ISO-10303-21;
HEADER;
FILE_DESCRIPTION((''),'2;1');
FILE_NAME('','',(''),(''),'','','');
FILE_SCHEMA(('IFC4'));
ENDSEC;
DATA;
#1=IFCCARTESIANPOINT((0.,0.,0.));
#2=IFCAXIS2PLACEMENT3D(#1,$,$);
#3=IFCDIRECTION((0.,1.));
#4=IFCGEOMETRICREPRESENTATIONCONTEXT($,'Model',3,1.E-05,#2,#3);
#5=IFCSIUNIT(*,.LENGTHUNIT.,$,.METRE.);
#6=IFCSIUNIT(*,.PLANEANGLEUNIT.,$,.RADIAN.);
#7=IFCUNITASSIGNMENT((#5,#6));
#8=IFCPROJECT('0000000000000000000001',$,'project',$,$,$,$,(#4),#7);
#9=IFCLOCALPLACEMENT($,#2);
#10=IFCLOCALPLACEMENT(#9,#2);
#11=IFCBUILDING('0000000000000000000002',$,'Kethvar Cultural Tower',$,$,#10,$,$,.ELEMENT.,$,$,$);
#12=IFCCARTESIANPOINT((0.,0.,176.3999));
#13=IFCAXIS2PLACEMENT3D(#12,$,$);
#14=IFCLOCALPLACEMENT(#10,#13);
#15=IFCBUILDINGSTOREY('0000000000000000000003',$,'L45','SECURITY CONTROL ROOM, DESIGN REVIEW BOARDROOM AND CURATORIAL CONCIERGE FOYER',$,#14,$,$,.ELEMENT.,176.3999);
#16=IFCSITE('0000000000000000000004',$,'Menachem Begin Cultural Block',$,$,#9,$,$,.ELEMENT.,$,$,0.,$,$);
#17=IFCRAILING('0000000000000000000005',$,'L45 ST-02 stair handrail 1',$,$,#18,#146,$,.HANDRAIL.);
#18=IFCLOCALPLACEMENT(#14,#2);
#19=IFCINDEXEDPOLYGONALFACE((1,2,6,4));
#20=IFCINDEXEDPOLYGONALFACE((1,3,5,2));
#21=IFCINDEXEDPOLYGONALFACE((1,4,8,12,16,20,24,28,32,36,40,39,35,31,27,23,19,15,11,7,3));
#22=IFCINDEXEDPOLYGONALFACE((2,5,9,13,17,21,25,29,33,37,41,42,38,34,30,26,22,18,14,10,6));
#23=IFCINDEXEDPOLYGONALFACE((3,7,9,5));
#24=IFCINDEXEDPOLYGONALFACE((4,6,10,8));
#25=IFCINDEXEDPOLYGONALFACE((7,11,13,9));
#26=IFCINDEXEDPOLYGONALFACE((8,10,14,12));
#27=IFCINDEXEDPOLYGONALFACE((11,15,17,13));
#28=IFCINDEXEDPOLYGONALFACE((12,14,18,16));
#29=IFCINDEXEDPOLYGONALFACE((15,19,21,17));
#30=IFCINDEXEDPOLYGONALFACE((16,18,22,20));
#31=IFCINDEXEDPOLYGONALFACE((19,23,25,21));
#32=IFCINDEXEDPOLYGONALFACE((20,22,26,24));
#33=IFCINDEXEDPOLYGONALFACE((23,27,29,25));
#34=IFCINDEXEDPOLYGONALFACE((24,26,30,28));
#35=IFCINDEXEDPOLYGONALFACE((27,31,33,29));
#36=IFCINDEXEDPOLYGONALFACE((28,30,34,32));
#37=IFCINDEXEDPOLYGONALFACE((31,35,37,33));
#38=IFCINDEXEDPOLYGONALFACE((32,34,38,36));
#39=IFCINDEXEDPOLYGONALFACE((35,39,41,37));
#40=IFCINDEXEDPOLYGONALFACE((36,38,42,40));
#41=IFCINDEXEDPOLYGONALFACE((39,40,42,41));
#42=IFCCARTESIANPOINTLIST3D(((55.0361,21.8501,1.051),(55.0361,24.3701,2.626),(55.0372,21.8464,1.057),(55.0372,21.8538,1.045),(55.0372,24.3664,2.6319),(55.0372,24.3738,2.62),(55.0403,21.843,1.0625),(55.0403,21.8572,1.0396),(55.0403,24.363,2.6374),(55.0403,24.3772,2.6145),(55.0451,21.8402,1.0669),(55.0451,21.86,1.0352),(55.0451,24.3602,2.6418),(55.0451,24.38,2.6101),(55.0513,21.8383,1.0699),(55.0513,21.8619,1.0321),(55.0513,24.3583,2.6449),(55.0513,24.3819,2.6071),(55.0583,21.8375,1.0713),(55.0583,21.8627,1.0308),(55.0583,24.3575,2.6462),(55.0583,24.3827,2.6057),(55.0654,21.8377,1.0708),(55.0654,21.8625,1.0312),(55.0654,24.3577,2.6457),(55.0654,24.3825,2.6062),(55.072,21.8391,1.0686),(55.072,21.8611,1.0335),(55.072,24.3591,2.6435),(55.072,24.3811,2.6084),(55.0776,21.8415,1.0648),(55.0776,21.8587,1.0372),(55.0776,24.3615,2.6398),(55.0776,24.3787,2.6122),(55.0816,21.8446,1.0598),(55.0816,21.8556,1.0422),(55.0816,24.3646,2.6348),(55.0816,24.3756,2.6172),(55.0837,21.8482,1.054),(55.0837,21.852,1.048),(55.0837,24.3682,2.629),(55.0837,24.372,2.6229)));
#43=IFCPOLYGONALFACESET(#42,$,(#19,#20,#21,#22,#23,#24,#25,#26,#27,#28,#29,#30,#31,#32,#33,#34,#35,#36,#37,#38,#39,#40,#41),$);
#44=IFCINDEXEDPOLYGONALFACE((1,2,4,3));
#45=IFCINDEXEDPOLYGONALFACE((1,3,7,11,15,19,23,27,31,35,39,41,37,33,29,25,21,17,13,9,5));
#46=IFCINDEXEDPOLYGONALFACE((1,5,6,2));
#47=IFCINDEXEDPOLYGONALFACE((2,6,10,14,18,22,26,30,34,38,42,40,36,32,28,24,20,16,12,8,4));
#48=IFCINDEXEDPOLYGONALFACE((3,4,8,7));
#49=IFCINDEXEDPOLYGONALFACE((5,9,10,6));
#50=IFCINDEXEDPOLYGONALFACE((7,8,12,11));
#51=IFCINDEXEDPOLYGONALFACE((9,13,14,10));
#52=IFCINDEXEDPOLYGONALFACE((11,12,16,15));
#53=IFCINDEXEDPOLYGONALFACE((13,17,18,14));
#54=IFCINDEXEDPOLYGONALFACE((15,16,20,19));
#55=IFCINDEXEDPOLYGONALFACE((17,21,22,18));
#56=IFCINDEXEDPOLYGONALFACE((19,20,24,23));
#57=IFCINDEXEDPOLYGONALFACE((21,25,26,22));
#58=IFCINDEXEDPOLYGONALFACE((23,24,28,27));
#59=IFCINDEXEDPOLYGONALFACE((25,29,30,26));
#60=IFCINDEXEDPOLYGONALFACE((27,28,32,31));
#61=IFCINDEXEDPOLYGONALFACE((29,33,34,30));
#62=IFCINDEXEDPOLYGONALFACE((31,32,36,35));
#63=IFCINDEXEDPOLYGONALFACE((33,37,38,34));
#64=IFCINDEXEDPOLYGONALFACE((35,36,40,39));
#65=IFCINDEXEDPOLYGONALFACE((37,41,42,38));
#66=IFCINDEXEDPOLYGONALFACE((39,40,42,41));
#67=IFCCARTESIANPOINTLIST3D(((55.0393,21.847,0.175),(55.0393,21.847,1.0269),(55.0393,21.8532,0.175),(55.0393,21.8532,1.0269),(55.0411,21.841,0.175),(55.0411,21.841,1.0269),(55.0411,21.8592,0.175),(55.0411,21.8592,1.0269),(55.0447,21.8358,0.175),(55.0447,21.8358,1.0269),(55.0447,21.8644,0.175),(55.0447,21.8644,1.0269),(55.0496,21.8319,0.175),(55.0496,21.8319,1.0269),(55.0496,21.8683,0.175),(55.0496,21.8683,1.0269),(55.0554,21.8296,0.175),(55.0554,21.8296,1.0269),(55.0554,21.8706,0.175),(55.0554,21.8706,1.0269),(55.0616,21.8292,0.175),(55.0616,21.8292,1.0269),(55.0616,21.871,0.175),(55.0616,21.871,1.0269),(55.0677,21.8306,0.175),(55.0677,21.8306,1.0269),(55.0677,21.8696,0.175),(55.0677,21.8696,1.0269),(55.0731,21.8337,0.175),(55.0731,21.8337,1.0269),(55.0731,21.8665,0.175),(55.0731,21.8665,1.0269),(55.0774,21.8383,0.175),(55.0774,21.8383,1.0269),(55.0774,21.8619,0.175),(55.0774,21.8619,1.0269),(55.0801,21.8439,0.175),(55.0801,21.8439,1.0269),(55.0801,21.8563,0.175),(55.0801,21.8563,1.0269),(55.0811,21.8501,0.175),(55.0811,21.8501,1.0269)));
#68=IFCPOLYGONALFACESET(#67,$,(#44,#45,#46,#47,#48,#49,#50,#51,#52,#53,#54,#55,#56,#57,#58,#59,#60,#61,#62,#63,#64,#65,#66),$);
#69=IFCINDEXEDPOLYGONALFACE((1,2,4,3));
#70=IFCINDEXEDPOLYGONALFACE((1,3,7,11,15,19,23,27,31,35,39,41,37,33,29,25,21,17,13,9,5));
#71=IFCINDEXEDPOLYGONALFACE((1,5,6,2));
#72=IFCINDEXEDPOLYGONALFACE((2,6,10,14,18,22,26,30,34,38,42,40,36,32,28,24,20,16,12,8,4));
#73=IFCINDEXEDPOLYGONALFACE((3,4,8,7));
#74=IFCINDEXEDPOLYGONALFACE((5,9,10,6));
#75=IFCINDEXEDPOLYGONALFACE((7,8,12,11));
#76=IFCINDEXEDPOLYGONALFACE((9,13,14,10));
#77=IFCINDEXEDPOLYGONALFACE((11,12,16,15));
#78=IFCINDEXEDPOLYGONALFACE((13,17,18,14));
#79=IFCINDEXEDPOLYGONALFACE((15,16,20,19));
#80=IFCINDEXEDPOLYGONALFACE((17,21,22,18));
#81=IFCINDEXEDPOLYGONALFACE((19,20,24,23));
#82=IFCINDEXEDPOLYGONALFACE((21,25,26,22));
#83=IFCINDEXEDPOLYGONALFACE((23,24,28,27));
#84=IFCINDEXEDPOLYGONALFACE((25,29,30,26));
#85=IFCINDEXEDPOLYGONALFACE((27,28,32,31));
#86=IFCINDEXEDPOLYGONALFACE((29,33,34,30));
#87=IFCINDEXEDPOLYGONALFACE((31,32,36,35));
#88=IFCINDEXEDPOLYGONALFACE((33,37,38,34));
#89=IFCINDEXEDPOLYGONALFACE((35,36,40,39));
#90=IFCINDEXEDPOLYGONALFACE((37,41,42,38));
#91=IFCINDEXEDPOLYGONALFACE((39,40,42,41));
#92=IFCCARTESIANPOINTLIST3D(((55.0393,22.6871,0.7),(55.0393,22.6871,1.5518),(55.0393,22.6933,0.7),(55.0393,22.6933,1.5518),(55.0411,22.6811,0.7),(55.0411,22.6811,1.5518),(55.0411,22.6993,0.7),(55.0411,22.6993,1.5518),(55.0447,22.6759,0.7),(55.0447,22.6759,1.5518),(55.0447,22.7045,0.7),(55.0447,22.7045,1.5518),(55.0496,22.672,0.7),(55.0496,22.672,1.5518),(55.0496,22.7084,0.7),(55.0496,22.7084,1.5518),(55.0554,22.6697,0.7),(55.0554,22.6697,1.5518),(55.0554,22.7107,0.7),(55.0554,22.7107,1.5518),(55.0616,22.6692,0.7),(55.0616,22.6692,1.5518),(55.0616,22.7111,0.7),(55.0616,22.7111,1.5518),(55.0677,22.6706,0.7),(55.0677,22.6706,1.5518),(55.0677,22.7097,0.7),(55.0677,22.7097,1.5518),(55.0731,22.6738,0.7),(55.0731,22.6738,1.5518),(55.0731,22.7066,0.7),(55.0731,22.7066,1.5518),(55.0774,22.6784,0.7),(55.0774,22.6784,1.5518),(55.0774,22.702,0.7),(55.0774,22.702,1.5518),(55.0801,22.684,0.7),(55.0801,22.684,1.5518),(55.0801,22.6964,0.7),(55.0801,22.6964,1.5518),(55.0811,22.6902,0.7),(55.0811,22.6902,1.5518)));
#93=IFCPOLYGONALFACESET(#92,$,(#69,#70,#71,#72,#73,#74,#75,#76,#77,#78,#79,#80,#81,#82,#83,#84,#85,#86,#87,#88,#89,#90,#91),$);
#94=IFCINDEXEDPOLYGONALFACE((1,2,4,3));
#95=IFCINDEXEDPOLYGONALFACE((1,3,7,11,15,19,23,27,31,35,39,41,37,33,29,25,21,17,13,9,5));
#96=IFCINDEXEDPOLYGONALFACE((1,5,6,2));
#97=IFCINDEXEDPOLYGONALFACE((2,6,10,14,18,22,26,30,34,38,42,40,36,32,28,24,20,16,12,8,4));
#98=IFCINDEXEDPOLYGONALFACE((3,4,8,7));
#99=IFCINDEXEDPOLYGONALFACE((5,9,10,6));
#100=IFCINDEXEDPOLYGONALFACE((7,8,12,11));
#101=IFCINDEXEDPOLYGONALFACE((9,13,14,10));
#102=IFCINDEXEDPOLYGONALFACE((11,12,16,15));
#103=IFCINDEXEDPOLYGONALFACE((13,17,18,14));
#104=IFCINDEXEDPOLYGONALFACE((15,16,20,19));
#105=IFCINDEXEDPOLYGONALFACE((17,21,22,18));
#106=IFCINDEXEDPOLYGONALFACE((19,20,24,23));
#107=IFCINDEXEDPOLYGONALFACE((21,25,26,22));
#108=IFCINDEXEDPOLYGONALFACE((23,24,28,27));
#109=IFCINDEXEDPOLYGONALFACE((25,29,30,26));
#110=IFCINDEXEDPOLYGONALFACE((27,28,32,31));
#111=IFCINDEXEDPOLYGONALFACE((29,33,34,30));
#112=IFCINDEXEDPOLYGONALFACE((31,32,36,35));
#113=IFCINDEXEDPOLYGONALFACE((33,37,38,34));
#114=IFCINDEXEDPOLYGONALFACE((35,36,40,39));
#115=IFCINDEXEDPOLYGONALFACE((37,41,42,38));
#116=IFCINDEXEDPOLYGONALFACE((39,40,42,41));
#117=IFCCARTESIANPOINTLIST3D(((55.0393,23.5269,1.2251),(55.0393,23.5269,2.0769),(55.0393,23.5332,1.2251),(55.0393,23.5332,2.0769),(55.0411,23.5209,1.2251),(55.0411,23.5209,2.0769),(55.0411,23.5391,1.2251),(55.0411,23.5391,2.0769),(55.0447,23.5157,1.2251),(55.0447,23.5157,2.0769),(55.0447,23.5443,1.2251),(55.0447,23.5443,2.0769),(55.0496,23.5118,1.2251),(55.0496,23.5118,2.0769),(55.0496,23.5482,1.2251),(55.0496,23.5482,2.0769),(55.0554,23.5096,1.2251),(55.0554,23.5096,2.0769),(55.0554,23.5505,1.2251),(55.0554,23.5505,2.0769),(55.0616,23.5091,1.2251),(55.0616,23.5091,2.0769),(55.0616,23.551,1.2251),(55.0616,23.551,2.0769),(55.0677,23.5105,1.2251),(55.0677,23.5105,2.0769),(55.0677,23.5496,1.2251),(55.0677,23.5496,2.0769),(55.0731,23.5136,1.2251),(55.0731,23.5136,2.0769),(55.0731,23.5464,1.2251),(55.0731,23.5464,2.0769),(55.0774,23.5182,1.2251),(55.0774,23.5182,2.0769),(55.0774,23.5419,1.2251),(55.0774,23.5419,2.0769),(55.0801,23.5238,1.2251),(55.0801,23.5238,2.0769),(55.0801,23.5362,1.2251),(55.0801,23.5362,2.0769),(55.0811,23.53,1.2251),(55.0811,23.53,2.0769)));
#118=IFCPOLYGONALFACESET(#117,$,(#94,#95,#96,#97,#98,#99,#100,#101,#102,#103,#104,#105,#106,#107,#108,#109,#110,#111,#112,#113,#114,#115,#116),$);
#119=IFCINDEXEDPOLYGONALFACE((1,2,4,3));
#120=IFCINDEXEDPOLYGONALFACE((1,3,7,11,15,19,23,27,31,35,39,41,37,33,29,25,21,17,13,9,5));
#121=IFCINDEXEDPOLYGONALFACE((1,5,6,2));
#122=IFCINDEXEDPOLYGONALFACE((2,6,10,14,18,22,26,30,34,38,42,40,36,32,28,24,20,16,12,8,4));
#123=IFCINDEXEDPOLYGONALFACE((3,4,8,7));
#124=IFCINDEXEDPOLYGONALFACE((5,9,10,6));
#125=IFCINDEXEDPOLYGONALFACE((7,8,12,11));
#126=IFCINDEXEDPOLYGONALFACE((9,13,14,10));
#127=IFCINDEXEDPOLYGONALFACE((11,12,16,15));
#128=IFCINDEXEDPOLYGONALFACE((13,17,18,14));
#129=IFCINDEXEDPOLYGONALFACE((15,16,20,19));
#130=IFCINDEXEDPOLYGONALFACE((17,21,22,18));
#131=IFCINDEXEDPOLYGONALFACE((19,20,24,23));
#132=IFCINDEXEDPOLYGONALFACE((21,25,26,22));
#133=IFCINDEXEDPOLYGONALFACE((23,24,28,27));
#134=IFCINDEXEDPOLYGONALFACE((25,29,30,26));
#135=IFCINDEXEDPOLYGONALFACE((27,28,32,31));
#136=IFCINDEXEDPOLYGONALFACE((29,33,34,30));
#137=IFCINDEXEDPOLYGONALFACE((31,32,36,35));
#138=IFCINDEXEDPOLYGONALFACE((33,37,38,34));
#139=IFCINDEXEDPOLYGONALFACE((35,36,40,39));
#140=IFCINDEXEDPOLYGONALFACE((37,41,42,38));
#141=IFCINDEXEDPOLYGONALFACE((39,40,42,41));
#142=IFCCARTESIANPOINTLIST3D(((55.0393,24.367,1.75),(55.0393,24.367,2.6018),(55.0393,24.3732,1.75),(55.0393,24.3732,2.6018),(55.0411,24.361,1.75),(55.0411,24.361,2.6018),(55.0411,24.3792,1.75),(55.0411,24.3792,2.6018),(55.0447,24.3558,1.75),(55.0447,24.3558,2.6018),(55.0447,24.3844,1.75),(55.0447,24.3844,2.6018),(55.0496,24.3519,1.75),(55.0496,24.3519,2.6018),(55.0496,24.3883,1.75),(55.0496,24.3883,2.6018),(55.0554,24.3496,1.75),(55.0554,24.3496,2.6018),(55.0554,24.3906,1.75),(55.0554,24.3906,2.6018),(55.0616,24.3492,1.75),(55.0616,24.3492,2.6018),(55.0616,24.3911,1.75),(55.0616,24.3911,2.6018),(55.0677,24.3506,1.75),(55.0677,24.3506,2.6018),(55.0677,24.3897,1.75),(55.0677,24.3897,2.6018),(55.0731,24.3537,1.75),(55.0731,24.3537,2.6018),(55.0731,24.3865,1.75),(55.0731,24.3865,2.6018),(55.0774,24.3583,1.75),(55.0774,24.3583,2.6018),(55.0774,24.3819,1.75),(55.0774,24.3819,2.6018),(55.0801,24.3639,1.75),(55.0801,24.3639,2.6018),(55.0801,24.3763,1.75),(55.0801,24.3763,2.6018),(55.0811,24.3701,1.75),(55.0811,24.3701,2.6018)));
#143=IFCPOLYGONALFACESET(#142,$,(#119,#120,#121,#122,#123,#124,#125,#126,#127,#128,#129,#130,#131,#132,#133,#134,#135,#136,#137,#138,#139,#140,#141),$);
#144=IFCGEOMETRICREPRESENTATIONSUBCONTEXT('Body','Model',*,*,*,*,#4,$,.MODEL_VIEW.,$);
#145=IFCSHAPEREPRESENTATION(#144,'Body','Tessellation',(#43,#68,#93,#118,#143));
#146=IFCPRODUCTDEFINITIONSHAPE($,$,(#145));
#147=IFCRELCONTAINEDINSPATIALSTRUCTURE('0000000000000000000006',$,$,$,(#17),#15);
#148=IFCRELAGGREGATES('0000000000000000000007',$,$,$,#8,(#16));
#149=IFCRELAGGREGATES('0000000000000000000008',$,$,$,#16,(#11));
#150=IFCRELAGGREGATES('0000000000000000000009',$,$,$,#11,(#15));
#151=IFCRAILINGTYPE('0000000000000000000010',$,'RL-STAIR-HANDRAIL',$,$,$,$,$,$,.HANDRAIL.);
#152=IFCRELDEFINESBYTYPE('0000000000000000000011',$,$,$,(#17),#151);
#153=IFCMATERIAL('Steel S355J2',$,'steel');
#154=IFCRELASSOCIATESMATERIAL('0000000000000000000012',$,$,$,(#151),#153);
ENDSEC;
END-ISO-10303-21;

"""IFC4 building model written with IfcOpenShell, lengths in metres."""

from ifc_helpers import new_model, si_unit, direction, frame, origin, origin_2d, place, context, subcontext, project, spatial, circle, extrude, material, type_object, element, save


model = new_model("IFC4")

# Units and contexts
model_context = context("Model", 3, precision=1e-05, world=origin(), true_north=direction((0.0, 1.0)))
body_context = subcontext(model_context, "Body", "Model", "MODEL_VIEW")
ifc_project = project(units=[si_unit("LENGTHUNIT", "METRE"), si_unit("PLANEANGLEUNIT", "RADIAN")], contexts=[model_context])

# Site, building, storey
site_placement = place(None, origin())
site = spatial("IfcSite", under=ifc_project, at=site_placement, Name="Menachem Begin Cultural Block", CompositionType="ELEMENT", RefElevation=0.0)
building_placement = place(site_placement, origin())
building = spatial("IfcBuilding", under=site, at=building_placement, Name="Kethvar Cultural Tower", CompositionType="ELEMENT")
storey_placement = place(building_placement, frame((0.0, 0.0, 176.3999)))
storey = spatial("IfcBuildingStorey", under=building, at=storey_placement, Name="L45", Description="SECURITY CONTROL ROOM, DESIGN REVIEW BOARDROOM AND CURATORIAL CONCIERGE FOYER", CompositionType="ELEMENT", Elevation=176.3999)

# Shared definitions
ifc_material_1 = material(Name="Steel S355J2", Category="steel")

# Railing
railing_type_1 = type_object("IfcRailingType", Name="RL-STAIR-HANDRAIL", PredefinedType="HANDRAIL", material=ifc_material_1)
railing_1_placement = place(storey_placement, frame((55.0601, 21.8501, 0.175)))
element("IfcRailing", 1, at=railing_1_placement, inside=storey, type_object=railing_type_1, Name="L45 ST-02 stair handrail 1", PredefinedType="HANDRAIL", context=body_context, shape_type="SweptSolid", body=[
    extrude(circle(Radius=0.0239, at=origin_2d()), frame((0.0, 0.0, 0.876), z_axis=(0.0, 0.848008, 0.529984), x_axis=(-1.0, 0.0, 0.0)), (0.0, 0.0, 1.0), 2.9717),
    extrude(circle(Radius=0.021, at=origin_2d()), origin(), (0.0, 0.0, 1.0), 0.8518),
    extrude(circle(Radius=0.021, at=origin_2d()), frame((0.0, 0.8401, 0.5249)), (0.0, 0.0, 1.0), 0.8518),
    extrude(circle(Radius=0.021, at=origin_2d()), frame((0.0, 1.6799, 1.05)), (0.0, 0.0, 1.0), 0.8518),
    extrude(circle(Radius=0.021, at=origin_2d()), frame((0.0, 2.52, 1.575)), (0.0, 0.0, 1.0), 0.8518),
])

save(model, "model.ifc")
